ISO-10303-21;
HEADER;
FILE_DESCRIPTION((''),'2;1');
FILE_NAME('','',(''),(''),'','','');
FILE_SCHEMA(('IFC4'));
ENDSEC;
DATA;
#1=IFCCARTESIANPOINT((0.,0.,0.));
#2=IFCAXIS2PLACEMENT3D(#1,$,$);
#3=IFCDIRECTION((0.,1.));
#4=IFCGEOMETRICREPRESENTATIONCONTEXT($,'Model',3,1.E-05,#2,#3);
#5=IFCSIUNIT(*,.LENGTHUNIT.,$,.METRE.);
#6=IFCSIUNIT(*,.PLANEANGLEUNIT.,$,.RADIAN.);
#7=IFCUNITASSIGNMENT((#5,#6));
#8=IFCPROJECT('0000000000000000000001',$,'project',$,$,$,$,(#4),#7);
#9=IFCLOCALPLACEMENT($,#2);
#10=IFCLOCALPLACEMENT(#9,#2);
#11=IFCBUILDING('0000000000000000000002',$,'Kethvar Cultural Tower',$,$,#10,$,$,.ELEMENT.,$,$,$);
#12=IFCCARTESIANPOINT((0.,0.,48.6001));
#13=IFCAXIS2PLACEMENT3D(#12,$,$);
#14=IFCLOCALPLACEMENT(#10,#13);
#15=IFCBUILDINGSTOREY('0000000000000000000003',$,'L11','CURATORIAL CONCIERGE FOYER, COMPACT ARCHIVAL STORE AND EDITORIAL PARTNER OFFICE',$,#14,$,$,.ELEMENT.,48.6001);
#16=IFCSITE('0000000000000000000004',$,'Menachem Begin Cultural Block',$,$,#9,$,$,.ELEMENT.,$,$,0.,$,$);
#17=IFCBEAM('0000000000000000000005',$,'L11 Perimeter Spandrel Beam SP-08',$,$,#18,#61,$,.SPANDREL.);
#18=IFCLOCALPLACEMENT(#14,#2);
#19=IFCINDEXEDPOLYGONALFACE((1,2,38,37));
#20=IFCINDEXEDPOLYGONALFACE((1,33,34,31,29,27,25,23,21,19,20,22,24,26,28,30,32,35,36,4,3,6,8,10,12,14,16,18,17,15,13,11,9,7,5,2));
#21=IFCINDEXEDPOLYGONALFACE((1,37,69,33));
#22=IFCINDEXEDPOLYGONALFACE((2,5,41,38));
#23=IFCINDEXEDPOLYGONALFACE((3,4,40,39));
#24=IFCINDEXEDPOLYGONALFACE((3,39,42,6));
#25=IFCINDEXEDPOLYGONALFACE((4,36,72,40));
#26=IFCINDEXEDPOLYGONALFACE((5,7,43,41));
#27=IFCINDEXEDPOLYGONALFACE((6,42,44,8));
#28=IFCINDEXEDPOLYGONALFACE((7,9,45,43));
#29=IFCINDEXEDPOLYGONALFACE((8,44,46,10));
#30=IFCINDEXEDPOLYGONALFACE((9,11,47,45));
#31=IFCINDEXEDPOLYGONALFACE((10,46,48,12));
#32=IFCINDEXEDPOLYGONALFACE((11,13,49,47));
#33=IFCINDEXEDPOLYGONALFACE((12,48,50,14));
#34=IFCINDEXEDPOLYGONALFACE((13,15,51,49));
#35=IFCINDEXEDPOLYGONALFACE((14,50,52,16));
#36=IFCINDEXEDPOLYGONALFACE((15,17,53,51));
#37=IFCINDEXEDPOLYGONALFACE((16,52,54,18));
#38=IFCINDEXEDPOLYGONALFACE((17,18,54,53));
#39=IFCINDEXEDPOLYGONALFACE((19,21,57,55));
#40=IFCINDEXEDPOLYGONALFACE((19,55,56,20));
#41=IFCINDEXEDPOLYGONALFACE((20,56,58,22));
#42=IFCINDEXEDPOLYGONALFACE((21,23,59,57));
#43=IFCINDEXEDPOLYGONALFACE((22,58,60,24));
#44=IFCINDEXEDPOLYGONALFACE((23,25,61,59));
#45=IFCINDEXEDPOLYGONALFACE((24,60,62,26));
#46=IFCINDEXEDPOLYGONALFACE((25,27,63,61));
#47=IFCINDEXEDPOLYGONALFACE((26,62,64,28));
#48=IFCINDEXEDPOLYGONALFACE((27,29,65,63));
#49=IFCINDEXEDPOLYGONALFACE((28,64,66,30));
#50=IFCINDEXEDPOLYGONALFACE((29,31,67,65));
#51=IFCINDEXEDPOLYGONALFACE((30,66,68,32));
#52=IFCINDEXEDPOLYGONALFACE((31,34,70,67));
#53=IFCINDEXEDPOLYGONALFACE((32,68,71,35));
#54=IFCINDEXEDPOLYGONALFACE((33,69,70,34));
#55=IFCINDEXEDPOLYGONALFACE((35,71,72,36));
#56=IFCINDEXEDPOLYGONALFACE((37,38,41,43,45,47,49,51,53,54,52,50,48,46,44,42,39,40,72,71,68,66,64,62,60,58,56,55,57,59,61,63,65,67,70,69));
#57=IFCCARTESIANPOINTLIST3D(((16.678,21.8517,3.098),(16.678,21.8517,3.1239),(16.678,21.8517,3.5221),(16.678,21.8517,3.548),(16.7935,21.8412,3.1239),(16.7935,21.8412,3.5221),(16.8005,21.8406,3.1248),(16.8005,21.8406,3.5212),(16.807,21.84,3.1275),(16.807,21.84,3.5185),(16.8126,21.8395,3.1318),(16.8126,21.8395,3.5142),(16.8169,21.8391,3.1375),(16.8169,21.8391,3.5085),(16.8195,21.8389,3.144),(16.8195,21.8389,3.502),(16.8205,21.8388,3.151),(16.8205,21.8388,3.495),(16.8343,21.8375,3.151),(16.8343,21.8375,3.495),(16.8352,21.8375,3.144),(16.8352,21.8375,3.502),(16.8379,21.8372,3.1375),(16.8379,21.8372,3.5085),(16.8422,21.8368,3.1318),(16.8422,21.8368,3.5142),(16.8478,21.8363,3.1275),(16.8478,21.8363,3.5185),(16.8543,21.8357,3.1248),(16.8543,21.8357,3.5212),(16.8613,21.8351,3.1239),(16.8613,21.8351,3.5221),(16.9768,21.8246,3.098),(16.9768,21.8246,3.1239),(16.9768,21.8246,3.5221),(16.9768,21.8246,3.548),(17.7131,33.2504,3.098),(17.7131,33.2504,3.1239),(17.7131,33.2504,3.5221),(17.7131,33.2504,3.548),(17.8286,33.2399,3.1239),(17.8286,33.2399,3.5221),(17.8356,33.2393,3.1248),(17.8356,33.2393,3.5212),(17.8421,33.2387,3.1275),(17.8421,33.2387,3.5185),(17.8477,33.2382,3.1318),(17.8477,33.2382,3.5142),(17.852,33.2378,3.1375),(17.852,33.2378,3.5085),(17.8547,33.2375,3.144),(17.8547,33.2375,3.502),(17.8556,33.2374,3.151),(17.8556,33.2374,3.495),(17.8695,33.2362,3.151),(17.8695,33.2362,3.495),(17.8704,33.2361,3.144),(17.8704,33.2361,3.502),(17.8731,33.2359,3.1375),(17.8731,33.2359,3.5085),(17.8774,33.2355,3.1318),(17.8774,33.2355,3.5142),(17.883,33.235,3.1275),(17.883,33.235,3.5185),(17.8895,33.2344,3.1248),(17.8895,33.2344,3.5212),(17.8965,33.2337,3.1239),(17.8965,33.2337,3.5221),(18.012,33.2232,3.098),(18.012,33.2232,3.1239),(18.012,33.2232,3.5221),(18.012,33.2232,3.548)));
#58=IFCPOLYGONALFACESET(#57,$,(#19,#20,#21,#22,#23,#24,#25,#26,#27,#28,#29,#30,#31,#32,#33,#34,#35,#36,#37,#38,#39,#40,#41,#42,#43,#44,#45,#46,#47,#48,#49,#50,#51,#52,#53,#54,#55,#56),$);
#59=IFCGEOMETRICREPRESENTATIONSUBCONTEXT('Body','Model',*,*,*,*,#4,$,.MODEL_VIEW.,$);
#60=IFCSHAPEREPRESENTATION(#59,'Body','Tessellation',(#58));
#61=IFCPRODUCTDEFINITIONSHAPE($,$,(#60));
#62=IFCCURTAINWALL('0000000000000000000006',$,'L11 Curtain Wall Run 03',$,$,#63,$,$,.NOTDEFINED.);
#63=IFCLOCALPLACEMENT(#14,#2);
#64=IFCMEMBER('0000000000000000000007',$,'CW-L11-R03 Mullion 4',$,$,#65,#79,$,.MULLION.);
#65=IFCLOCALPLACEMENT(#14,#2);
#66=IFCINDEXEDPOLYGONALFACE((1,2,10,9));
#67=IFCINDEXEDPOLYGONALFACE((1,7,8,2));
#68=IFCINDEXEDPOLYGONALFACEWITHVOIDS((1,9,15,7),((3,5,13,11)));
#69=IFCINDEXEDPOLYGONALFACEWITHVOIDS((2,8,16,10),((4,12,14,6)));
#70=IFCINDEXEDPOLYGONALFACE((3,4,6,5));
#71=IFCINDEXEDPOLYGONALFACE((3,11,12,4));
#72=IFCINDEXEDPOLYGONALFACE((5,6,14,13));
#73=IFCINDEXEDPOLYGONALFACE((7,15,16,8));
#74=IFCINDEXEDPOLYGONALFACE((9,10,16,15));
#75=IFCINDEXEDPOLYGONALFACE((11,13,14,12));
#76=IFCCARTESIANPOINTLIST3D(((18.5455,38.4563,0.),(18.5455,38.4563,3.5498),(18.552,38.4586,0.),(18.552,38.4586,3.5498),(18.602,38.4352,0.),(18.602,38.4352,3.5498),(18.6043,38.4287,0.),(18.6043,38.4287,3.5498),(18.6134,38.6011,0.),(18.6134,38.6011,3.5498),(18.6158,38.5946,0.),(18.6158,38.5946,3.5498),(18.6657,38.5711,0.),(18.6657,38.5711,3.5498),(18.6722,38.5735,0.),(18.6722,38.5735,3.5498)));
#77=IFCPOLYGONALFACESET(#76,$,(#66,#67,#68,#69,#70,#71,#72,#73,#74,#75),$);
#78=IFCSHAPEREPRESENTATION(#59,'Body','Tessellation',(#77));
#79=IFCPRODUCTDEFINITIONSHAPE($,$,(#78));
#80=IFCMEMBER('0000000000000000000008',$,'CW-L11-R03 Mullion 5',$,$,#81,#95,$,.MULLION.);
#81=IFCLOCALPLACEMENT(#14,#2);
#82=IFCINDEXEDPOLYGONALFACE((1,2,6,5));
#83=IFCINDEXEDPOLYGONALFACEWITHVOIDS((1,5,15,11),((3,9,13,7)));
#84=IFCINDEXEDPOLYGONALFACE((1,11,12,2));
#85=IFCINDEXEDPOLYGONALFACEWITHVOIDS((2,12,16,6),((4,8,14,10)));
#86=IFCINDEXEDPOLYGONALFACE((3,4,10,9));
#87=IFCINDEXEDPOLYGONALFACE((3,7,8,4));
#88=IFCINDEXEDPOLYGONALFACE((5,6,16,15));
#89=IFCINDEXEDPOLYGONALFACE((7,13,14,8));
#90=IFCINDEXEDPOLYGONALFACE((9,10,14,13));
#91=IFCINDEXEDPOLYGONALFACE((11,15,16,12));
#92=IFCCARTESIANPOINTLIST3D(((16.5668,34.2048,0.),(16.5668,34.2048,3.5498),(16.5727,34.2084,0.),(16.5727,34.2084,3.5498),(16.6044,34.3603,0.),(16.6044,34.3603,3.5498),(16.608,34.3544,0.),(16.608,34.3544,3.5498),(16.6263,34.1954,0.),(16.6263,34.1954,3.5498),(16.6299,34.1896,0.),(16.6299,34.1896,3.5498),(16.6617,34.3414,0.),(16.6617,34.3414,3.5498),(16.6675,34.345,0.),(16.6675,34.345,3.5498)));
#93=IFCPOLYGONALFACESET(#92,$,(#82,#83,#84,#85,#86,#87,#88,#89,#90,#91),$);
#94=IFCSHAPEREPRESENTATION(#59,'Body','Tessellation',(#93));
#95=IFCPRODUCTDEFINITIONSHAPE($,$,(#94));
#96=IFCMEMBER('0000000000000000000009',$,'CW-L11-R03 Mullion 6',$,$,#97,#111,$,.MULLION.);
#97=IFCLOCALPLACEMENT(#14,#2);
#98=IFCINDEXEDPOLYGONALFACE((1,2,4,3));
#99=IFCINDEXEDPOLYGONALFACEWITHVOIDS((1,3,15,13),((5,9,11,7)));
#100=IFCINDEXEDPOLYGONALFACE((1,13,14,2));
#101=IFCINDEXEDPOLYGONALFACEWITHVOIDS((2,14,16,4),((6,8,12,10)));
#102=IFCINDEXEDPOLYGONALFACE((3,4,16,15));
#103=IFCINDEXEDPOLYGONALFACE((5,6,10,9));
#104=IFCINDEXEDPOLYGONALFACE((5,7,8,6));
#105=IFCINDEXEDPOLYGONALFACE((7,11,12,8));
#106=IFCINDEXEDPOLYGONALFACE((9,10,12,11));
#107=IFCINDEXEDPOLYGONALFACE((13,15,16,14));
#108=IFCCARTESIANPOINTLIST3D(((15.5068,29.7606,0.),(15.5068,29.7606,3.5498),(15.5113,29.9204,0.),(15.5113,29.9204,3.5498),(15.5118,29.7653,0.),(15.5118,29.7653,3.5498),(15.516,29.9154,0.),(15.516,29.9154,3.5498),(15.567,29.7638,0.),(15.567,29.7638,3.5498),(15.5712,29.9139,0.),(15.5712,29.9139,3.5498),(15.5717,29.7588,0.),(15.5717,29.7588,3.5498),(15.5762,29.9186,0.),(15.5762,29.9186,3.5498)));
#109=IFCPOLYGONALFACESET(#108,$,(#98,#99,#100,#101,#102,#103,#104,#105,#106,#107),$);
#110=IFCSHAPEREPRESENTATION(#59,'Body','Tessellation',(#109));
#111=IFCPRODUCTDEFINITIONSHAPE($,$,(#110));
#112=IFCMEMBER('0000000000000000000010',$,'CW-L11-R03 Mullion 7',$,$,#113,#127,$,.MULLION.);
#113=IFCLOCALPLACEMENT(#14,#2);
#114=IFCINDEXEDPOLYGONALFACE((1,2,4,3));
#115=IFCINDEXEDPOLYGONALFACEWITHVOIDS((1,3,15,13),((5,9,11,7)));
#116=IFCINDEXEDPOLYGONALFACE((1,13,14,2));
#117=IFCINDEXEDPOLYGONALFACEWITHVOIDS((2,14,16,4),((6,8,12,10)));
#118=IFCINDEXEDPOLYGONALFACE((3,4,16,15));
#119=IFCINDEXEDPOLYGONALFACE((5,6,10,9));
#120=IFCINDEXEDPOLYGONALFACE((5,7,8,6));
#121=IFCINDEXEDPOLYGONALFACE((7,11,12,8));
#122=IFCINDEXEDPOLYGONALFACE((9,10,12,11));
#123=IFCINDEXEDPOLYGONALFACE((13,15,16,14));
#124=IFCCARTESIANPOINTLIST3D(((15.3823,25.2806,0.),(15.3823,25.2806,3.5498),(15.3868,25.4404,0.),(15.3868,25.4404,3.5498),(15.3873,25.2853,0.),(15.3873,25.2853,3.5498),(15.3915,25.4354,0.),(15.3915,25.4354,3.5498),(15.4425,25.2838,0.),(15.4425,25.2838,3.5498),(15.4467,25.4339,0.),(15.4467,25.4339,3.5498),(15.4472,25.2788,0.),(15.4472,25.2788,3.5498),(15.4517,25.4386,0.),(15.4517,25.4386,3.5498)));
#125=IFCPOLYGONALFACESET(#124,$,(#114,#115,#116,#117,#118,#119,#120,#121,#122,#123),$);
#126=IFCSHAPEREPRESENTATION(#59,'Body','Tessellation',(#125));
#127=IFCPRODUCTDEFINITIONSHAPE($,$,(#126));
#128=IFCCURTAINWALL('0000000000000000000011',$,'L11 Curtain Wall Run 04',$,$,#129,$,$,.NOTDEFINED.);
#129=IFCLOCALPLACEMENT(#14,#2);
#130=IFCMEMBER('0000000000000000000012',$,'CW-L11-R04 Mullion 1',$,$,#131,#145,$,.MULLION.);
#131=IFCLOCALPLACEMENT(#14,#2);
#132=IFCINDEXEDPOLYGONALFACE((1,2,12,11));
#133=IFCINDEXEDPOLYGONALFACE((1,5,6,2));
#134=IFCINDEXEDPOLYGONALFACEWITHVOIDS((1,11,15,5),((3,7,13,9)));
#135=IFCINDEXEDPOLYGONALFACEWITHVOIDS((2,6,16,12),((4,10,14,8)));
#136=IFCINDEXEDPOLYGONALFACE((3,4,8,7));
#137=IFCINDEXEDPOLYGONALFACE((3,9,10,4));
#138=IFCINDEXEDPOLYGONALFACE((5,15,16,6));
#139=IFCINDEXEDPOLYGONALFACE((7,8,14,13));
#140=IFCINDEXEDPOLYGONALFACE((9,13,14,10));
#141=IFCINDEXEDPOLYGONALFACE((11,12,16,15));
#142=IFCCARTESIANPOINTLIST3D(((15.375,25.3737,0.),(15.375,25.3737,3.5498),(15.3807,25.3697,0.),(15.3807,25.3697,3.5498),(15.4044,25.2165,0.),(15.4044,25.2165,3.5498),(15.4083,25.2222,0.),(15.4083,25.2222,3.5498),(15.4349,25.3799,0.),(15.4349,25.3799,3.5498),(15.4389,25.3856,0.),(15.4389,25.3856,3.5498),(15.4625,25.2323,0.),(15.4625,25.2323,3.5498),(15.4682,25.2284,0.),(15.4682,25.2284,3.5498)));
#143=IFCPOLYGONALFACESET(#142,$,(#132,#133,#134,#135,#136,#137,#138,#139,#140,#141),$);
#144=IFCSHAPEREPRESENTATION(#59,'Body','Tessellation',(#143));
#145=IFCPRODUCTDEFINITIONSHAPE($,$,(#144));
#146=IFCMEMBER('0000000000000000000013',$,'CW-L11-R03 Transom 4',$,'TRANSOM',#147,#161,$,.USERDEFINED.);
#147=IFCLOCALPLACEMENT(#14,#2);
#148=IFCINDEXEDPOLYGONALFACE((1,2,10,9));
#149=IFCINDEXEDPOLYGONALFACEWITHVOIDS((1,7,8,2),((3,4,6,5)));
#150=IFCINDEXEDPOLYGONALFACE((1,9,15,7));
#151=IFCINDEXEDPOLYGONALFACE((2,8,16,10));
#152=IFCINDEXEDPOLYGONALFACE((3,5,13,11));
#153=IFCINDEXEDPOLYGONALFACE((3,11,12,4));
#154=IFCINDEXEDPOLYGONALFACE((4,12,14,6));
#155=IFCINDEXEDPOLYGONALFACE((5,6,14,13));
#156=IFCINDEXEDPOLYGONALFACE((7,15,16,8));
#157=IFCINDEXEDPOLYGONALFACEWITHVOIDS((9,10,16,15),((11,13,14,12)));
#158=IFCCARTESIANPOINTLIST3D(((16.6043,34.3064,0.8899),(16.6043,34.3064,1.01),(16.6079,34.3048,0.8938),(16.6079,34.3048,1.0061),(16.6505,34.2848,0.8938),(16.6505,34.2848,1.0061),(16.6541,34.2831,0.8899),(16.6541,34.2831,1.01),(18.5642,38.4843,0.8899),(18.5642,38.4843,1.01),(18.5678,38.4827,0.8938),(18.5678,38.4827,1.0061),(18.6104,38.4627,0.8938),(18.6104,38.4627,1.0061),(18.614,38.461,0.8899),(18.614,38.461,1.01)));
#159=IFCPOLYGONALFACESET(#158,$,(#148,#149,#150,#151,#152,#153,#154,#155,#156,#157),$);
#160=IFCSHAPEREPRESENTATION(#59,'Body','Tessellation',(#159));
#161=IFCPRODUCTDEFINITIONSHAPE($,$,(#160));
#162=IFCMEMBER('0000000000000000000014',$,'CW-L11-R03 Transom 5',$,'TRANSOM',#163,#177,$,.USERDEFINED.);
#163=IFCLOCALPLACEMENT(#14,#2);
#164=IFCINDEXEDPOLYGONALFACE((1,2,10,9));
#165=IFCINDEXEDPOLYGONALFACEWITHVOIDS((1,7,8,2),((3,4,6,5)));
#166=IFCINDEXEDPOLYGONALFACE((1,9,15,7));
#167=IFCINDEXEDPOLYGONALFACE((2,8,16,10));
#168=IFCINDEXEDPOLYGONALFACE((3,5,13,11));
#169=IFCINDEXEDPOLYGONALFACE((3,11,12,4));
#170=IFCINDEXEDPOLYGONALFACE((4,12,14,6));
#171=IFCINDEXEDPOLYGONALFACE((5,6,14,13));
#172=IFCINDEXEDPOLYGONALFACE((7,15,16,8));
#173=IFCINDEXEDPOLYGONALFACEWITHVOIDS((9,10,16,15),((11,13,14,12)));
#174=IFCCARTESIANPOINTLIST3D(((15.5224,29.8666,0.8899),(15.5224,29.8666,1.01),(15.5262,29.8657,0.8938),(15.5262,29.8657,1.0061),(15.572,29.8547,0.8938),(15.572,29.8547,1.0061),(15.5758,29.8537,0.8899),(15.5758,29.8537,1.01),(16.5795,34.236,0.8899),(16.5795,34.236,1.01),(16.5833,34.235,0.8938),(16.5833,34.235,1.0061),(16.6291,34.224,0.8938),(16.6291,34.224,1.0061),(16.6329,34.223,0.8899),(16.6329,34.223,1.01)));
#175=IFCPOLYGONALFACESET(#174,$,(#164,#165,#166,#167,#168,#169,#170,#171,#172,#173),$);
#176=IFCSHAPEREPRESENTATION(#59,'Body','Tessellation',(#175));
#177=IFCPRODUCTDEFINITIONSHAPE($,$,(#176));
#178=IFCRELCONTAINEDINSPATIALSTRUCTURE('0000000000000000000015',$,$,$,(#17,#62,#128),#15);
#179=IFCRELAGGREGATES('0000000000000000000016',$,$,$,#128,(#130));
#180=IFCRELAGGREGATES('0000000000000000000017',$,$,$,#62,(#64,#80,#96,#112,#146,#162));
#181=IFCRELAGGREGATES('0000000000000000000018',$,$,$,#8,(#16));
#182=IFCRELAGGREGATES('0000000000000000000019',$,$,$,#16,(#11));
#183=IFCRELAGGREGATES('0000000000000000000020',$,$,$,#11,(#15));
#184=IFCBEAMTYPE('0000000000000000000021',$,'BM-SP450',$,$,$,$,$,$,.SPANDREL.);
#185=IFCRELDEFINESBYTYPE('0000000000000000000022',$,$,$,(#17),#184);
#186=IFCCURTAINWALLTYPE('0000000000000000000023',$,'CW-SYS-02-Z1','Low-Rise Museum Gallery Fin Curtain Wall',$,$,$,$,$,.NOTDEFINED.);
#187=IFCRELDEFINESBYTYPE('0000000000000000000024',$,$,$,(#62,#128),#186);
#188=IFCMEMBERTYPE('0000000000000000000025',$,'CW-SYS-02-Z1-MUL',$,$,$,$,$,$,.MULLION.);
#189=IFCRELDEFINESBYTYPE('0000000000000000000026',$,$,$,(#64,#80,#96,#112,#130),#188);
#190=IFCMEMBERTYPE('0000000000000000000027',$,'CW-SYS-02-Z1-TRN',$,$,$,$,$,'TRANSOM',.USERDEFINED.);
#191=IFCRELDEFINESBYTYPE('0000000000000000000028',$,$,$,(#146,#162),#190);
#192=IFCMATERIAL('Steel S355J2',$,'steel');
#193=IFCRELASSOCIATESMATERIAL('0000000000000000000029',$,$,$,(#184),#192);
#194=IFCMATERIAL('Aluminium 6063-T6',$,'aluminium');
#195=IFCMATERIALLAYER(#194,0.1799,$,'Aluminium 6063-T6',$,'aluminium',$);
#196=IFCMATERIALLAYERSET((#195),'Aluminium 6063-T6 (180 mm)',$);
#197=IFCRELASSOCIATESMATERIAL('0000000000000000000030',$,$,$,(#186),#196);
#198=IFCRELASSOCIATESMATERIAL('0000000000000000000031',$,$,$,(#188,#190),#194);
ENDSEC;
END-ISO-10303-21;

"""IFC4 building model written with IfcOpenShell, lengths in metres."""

from ifc_helpers import new_model, si_unit, direction, frame, origin, origin_2d, place, context, subcontext, project, spatial, hollow_rectangle, i_section, extrude, source, transform, mapped, material, layer, layer_set, material_profile, profile_set, type_object, element, aggregate, save


model = new_model("IFC4")

# Units and contexts
model_context = context("Model", 3, precision=1e-05, world=origin(), true_north=direction((0.0, 1.0)))
body_context = subcontext(model_context, "Body", "Model", "MODEL_VIEW")
ifc_project = project(units=[si_unit("LENGTHUNIT", "METRE"), si_unit("PLANEANGLEUNIT", "RADIAN")], contexts=[model_context])

# Site, building, storey
site_placement = place(None, origin())
site = spatial("IfcSite", under=ifc_project, at=site_placement, Name="Menachem Begin Cultural Block", CompositionType="ELEMENT", RefElevation=0.0)
building_placement = place(site_placement, origin())
building = spatial("IfcBuilding", under=site, at=building_placement, Name="Kethvar Cultural Tower", CompositionType="ELEMENT")
storey_placement = place(building_placement, frame((0.0, 0.0, 48.6001)))
storey = spatial("IfcBuildingStorey", under=building, at=storey_placement, Name="L11", Description="CURATORIAL CONCIERGE FOYER, COMPACT ARCHIVAL STORE AND EDITORIAL PARTNER OFFICE", CompositionType="ELEMENT", Elevation=48.6001)

# Beam
ifc_material_1 = material(Name="Steel S355J2", Category="steel")
ifc_material_profile_1 = material_profile(ifc_material_1, i_section(OverallWidth=0.3, OverallDepth=0.45, WebThickness=0.0139, FlangeThickness=0.0259, FilletRadius=0.0271, at=origin_2d()), Name="Steel S355J2 — HEB450")
ifc_profile_set_1 = profile_set([ifc_material_profile_1], Name="Steel S355J2 — HEB450")
beam_type_1 = type_object("IfcBeamType", Name="BM-SP450", PredefinedType="SPANDREL", material=ifc_profile_set_1)
shared_shape_1 = source(origin(), body_context, "Body", "SweptSolid", [
    extrude(i_section(OverallWidth=0.3, OverallDepth=0.45, WebThickness=0.0139, FlangeThickness=0.0259, FilletRadius=0.0271, at=origin_2d()), origin(), (0.0, 0.0, 1.0), 11.4456),
])
beam_1_placement = place(storey_placement, frame((17.8625, 33.2368, 3.323), z_axis=(-0.090442, -0.995902, 0.0), x_axis=(0.995902, -0.090442, 0.0)))
element("IfcBeam", 1, at=beam_1_placement, inside=storey, type_object=beam_type_1, Name="L11 Perimeter Spandrel Beam SP-08", PredefinedType="SPANDREL", context=body_context, shape_type="MappedRepresentation", body=[
    mapped(shared_shape_1, transform((0.0, 0.0, 0.0), scale=1.0)),
])

# Curtain wall, members
ifc_material_2 = material(Name="Aluminium 6063-T6", Category="aluminium")
ifc_layer_1 = layer(ifc_material_2, 0.1799, Name="Aluminium 6063-T6", Category="aluminium")
ifc_layer_set_1 = layer_set([ifc_layer_1], Name="Aluminium 6063-T6 (180 mm)")
curtain_wall_type = type_object("IfcCurtainWallType", Name="CW-SYS-02-Z1", Description="Low-Rise Museum Gallery Fin Curtain Wall", PredefinedType="NOTDEFINED", material=ifc_layer_set_1)
curtain_wall_1_placement = place(storey_placement, origin())
curtain_wall_1 = element("IfcCurtainWall", 2, at=curtain_wall_1_placement, inside=storey, type_object=curtain_wall_type, Name="L11 Curtain Wall Run 03", PredefinedType="NOTDEFINED")
ifc_material_profile_2 = material_profile(ifc_material_2, hollow_rectangle(XDim=0.0649, YDim=0.1599, WallThickness=0.0049, at=origin_2d()), Name="Aluminium 6063-T6 — RHS160x65x5")
ifc_profile_set_2 = profile_set([ifc_material_profile_2], Name="Aluminium 6063-T6 — RHS160x65x5")
member_type_1 = type_object("IfcMemberType", Name="CW-SYS-02-Z1-MUL", PredefinedType="MULLION", material=ifc_profile_set_2)
shared_shape_2 = source(origin(), body_context, "Body", "SweptSolid", [
    extrude(hollow_rectangle(XDim=0.0649, YDim=0.1599, WallThickness=0.0049, at=origin_2d()), origin(), (0.0, 0.0, 1.0), 3.5498),
])
member_1_placement = place(storey_placement, frame((18.6089, 38.5149, 0.0), z_axis=(0.0, 0.0, 1.0), x_axis=(0.905332, -0.424705, 0.0)))
member_1 = element("IfcMember", 3, at=member_1_placement, type_object=member_type_1, Name="CW-L11-R03 Mullion 4", PredefinedType="MULLION", context=body_context, shape_type="MappedRepresentation", body=[
    mapped(shared_shape_2, transform((0.0, 0.0, 0.0), scale=1.0)),
])
member_2_placement = place(storey_placement, frame((16.6172, 34.2749, 0.0), z_axis=(0.0, 0.0, 1.0), x_axis=(0.971961, -0.235142, 0.0)))
member_2 = element("IfcMember", 4, at=member_2_placement, type_object=member_type_1, Name="CW-L11-R03 Mullion 5", PredefinedType="MULLION", context=body_context, shape_type="MappedRepresentation", body=[
    mapped(shared_shape_2, transform((0.0, 0.0, 0.0), scale=1.0)),
])
member_3_placement = place(storey_placement, frame((15.5415, 29.8396, 0.0), z_axis=(0.0, 0.0, 1.0), x_axis=(0.999614, -0.027765, 0.0)))
member_3 = element("IfcMember", 5, at=member_3_placement, type_object=member_type_1, Name="CW-L11-R03 Mullion 6", PredefinedType="MULLION", context=body_context, shape_type="MappedRepresentation", body=[
    mapped(shared_shape_2, transform((0.0, 0.0, 0.0), scale=1.0)),
])
member_4_placement = place(storey_placement, frame((15.417, 25.3596, 0.0), z_axis=(0.0, 0.0, 1.0), x_axis=(0.999614, -0.027765, 0.0)))
member_4 = element("IfcMember", 6, at=member_4_placement, type_object=member_type_1, Name="CW-L11-R03 Mullion 7", PredefinedType="MULLION", context=body_context, shape_type="MappedRepresentation", body=[
    mapped(shared_shape_2, transform((0.0, 0.0, 0.0), scale=1.0)),
])

# Curtain wall, member
curtain_wall_2_placement = place(storey_placement, origin())
curtain_wall_2 = element("IfcCurtainWall", 7, at=curtain_wall_2_placement, inside=storey, type_object=curtain_wall_type, Name="L11 Curtain Wall Run 04", PredefinedType="NOTDEFINED")
member_5_placement = place(storey_placement, frame((15.4216, 25.301, 0.0), z_axis=(0.0, 0.0, 1.0), x_axis=(0.982961, 0.183814, 0.0)))
member_5 = element("IfcMember", 8, at=member_5_placement, type_object=member_type_1, Name="CW-L11-R04 Mullion 1", PredefinedType="MULLION", context=body_context, shape_type="MappedRepresentation", body=[
    mapped(shared_shape_2, transform((0.0, 0.0, 0.0), scale=1.0)),
])

# Members
ifc_material_profile_3 = material_profile(ifc_material_2, hollow_rectangle(XDim=0.0549, YDim=0.1201, WallThickness=0.0039, at=origin_2d()), Name="Aluminium 6063-T6 — RHS120x55x4")
ifc_profile_set_3 = profile_set([ifc_material_profile_3], Name="Aluminium 6063-T6 — RHS120x55x4")
member_type_2 = type_object("IfcMemberType", Name="CW-SYS-02-Z1-TRN", ElementType="TRANSOM", PredefinedType="USERDEFINED", material=ifc_profile_set_3)
shared_shape_3 = source(origin(), body_context, "Body", "SweptSolid", [
    extrude(hollow_rectangle(XDim=0.0549, YDim=0.1201, WallThickness=0.0039, at=origin_2d()), origin(), (0.0, 0.0, 1.0), 4.6147),
])
member_6_placement = place(storey_placement, frame((18.5891, 38.4727, 0.95), z_axis=(-0.424706, -0.905331, 0.0), x_axis=(0.905331, -0.424706, 0.0)))
member_6 = element("IfcMember", 9, at=member_6_placement, type_object=member_type_2, Name="CW-L11-R03 Transom 4", ObjectType="TRANSOM", PredefinedType="USERDEFINED", context=body_context, shape_type="MappedRepresentation", body=[
    mapped(shared_shape_3, transform((0.0, 0.0, 0.0), scale=1.0)),
])
shared_shape_4 = source(origin(), body_context, "Body", "SweptSolid", [
    extrude(hollow_rectangle(XDim=0.0549, YDim=0.1201, WallThickness=0.0039, at=origin_2d()), origin(), (0.0, 0.0, 1.0), 4.4954),
])
member_7_placement = place(storey_placement, frame((16.6062, 34.2295, 0.95), z_axis=(-0.235155, -0.971958, 0.0), x_axis=(0.971958, -0.235155, 0.0)))
member_7 = element("IfcMember", 10, at=member_7_placement, type_object=member_type_2, Name="CW-L11-R03 Transom 5", ObjectType="TRANSOM", PredefinedType="USERDEFINED", context=body_context, shape_type="MappedRepresentation", body=[
    mapped(shared_shape_4, transform((0.0, 0.0, 0.0), scale=1.0)),
])
aggregate(curtain_wall_2, [member_5])

aggregate(curtain_wall_1, [member_1, member_2, member_3, member_4, member_6, member_7])

save(model, "model.ifc")
